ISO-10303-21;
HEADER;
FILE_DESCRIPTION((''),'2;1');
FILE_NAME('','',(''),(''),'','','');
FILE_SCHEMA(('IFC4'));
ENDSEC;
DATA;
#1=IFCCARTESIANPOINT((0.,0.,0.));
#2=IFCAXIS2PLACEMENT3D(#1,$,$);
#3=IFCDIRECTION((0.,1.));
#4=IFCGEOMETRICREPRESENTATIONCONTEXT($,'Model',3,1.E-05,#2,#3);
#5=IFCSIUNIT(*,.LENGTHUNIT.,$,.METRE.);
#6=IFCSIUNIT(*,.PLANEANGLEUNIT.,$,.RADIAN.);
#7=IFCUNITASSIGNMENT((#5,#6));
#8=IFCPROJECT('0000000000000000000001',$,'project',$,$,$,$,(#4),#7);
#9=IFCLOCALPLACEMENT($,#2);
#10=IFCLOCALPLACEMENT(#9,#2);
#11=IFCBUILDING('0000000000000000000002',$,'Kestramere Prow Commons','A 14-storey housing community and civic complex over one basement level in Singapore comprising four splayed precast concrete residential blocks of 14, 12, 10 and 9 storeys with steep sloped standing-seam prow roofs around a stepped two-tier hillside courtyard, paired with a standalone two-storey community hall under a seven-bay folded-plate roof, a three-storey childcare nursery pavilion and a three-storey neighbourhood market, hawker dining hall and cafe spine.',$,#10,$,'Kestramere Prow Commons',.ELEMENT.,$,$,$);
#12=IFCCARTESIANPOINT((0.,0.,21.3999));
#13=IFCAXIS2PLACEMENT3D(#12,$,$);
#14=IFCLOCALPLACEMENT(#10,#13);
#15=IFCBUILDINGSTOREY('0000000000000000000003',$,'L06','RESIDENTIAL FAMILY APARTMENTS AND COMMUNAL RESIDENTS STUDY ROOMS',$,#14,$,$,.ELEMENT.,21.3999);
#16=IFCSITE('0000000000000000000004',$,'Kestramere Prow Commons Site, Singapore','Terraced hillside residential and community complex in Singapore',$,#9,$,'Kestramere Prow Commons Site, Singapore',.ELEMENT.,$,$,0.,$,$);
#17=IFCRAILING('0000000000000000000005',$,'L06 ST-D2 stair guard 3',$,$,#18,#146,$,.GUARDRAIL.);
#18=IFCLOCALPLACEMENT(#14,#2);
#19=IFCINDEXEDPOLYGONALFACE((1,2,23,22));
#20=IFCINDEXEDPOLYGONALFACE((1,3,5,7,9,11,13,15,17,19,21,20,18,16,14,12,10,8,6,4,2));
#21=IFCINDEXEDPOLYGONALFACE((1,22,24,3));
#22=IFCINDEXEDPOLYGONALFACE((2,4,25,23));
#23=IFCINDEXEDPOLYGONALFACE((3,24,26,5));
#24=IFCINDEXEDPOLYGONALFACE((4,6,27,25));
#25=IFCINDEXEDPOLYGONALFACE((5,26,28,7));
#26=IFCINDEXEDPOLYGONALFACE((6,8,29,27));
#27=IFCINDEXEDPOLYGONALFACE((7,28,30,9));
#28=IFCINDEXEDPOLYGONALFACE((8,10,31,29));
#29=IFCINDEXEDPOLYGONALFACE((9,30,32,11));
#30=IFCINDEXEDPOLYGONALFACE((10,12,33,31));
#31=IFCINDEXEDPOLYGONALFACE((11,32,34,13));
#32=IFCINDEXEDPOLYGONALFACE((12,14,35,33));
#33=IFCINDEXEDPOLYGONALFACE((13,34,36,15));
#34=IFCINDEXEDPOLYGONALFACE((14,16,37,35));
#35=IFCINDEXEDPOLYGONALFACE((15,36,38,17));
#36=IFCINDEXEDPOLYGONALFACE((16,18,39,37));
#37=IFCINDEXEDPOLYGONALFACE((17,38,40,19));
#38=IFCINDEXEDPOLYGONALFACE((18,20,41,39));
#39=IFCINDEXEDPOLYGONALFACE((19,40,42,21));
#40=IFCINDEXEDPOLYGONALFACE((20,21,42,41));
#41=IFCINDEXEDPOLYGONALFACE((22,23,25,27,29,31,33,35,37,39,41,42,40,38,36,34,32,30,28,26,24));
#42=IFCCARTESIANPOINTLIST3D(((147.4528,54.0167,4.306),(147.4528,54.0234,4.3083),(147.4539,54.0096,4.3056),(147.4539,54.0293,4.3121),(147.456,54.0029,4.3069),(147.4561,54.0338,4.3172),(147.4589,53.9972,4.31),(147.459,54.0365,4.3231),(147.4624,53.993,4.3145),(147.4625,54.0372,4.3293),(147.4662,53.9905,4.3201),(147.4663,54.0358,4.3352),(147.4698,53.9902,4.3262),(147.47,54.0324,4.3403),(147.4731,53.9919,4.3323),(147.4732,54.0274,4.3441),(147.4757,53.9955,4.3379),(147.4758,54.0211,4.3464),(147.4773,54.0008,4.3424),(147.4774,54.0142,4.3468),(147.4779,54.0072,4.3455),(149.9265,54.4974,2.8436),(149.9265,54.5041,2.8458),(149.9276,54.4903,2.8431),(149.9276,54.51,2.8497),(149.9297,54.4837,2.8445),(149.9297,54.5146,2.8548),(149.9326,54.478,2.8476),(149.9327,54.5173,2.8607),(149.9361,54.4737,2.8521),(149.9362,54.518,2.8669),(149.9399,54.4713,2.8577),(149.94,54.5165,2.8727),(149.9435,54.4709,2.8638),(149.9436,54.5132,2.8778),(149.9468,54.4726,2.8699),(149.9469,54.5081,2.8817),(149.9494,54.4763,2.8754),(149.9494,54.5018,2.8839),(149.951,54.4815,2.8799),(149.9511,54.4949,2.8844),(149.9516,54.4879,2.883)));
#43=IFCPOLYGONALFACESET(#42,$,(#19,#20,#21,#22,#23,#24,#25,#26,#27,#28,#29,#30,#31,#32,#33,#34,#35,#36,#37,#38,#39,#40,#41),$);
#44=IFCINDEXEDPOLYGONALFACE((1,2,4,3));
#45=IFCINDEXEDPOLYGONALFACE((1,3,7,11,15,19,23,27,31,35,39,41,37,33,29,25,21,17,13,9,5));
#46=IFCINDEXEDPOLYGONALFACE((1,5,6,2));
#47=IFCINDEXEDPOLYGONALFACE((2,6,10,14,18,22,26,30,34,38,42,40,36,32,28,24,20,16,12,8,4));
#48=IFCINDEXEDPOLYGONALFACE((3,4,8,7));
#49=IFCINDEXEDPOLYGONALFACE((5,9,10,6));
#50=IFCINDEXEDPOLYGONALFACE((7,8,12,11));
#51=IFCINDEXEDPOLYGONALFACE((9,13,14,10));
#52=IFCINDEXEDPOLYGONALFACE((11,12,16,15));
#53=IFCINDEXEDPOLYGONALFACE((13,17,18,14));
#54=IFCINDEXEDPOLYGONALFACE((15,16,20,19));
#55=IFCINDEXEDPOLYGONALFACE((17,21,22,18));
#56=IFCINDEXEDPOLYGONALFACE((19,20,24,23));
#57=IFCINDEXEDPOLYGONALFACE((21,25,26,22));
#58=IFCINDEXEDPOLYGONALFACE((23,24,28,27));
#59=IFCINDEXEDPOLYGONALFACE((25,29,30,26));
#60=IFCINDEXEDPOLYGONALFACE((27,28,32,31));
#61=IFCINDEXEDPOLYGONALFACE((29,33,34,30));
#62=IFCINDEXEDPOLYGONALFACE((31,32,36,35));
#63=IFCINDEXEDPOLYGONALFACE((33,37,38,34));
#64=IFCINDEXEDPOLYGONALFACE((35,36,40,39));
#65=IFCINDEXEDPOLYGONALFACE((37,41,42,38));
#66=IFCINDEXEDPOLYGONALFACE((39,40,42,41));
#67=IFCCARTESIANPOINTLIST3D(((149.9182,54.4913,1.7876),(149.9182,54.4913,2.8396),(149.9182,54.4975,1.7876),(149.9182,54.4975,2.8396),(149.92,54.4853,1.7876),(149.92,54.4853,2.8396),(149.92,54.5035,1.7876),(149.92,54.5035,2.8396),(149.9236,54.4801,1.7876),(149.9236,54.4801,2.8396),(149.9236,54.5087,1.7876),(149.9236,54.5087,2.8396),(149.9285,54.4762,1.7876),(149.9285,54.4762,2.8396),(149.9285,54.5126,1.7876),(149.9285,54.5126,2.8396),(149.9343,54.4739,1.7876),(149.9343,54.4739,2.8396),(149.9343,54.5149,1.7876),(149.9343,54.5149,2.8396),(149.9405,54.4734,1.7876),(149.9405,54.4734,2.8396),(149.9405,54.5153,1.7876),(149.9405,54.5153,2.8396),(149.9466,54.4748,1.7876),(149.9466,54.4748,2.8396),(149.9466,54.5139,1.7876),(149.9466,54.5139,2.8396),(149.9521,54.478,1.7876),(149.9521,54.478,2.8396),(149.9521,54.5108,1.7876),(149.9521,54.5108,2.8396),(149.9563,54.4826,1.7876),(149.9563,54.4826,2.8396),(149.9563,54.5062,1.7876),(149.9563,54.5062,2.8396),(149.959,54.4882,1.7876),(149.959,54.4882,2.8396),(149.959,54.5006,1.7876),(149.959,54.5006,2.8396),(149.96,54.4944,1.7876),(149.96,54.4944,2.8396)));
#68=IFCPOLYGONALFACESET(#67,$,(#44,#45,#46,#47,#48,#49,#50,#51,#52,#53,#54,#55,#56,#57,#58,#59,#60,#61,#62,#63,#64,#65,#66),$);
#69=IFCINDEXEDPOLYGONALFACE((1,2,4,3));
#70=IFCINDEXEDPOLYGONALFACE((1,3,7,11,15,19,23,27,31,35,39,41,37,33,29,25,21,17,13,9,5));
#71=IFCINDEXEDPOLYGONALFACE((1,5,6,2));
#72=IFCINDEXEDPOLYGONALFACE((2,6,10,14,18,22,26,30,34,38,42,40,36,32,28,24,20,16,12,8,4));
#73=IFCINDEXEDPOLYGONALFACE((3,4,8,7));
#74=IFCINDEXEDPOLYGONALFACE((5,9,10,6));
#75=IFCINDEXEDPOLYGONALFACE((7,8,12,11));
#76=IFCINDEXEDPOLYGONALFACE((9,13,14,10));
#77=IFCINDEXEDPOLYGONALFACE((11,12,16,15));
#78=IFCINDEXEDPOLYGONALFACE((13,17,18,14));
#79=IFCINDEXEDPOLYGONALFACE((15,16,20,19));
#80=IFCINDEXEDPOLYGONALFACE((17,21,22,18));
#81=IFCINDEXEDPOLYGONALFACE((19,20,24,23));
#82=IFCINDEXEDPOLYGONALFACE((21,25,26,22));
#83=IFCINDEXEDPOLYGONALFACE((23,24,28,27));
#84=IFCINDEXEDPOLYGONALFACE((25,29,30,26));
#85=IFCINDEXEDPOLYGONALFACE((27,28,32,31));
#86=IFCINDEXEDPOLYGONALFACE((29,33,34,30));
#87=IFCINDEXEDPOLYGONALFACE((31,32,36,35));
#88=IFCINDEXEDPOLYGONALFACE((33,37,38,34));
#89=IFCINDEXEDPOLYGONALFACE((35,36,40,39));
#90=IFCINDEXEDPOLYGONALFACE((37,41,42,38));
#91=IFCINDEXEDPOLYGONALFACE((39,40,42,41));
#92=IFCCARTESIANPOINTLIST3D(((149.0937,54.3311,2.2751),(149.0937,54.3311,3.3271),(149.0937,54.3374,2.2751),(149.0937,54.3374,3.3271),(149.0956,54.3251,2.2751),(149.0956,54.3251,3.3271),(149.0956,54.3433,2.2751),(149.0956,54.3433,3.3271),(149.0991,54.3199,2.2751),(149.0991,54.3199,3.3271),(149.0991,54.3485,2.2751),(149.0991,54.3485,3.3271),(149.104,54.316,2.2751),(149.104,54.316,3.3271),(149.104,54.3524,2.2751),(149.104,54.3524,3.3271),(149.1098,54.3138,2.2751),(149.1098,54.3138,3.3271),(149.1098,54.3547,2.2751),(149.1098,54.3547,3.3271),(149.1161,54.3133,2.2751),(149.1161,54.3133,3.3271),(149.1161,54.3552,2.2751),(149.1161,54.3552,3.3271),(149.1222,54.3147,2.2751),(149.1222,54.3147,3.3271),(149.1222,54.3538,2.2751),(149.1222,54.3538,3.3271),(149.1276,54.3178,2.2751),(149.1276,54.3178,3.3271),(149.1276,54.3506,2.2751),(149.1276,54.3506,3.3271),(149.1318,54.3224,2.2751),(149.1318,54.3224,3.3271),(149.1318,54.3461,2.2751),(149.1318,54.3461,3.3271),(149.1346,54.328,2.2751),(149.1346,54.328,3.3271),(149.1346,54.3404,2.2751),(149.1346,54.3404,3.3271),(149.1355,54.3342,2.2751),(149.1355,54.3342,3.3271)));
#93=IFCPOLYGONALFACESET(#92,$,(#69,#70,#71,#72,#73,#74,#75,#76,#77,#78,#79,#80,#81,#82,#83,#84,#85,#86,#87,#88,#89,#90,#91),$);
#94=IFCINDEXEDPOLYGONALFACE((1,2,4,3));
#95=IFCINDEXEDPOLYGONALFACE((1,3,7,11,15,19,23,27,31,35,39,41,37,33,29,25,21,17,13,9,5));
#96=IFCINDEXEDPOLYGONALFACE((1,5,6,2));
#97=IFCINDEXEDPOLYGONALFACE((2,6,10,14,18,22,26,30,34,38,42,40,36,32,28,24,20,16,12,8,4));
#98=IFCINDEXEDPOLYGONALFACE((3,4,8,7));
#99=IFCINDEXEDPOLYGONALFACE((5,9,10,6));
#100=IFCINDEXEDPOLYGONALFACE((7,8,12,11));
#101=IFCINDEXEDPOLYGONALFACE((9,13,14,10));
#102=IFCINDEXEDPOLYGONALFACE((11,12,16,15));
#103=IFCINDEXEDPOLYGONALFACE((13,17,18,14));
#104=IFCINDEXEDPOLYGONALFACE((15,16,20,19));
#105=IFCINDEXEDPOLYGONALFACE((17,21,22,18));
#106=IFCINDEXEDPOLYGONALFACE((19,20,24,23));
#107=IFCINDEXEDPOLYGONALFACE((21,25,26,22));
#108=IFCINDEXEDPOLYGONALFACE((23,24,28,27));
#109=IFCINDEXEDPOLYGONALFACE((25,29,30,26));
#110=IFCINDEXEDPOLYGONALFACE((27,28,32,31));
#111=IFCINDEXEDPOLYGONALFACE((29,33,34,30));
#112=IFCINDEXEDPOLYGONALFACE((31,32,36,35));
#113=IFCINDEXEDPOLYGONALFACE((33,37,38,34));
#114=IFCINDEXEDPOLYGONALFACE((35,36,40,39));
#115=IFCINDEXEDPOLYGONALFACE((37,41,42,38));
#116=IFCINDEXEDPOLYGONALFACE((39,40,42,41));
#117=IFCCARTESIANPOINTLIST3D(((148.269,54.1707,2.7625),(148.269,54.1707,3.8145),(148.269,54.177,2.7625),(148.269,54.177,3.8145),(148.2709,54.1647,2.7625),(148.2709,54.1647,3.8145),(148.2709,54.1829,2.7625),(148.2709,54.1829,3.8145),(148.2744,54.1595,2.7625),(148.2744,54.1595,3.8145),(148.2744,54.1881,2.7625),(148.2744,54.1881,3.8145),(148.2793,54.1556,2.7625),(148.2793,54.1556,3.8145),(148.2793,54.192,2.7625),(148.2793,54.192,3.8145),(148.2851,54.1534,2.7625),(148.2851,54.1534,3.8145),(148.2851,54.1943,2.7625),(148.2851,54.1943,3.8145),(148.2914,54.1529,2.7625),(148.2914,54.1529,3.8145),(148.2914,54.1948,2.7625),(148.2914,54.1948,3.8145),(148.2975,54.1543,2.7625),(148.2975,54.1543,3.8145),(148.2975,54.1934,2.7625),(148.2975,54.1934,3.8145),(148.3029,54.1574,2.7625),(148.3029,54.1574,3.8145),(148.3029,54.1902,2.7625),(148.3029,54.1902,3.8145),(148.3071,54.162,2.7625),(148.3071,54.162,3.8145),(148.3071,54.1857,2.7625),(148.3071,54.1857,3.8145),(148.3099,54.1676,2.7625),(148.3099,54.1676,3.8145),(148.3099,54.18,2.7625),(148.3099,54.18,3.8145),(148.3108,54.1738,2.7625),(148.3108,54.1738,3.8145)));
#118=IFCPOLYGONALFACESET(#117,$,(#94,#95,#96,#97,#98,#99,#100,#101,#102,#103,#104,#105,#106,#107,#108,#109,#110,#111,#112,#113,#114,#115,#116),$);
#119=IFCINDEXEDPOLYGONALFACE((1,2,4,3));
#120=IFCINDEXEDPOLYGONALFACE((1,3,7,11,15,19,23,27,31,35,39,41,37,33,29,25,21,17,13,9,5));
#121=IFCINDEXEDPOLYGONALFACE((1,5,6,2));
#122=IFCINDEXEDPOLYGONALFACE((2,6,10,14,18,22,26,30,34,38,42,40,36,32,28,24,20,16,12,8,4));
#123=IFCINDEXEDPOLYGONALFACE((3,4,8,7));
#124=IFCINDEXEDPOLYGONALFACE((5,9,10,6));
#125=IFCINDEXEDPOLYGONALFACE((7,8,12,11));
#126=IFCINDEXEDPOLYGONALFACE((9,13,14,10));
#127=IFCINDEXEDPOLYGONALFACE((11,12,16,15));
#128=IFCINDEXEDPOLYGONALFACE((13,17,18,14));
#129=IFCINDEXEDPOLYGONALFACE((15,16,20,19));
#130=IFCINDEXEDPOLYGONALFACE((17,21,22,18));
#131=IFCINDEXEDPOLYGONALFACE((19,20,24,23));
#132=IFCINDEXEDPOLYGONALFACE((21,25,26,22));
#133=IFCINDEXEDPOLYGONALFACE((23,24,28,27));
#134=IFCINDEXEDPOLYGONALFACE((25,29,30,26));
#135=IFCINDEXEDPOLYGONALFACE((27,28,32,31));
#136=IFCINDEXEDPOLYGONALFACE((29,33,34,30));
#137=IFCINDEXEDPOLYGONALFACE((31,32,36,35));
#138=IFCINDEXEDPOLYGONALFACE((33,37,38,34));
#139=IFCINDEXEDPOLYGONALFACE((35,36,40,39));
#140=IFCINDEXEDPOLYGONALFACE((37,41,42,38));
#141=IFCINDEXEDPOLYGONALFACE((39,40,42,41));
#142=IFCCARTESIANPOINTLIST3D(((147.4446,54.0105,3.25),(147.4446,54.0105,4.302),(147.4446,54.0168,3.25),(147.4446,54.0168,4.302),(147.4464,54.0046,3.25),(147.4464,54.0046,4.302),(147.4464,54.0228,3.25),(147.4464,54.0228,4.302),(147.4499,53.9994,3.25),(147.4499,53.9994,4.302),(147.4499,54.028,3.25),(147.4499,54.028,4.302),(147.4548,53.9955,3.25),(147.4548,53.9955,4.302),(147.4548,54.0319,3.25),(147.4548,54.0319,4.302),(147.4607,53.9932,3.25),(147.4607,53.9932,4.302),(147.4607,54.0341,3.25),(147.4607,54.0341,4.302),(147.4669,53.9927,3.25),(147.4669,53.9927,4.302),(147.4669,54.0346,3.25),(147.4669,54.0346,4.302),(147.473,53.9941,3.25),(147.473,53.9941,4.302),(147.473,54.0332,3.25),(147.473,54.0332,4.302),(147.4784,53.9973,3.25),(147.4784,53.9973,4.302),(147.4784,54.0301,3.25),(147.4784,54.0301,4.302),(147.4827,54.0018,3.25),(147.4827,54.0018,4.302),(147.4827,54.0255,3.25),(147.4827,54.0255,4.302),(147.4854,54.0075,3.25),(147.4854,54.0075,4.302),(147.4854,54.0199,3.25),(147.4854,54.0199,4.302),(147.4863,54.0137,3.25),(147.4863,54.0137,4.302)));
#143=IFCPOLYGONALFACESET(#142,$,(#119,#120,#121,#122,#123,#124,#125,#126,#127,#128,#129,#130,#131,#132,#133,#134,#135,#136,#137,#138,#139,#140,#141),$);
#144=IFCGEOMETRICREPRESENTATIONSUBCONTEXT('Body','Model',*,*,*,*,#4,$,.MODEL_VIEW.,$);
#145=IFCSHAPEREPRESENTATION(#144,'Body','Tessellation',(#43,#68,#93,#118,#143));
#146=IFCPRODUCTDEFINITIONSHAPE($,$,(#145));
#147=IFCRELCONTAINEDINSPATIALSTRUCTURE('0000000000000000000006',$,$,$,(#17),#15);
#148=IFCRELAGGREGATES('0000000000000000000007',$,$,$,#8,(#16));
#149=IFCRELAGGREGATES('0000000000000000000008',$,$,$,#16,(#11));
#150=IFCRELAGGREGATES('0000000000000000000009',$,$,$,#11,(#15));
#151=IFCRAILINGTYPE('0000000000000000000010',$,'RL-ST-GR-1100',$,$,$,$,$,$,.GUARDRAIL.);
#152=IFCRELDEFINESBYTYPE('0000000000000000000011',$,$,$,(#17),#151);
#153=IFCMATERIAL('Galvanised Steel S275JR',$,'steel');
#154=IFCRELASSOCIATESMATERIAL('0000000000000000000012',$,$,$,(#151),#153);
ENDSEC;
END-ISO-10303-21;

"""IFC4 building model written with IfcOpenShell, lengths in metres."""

from ifc_helpers import new_model, si_unit, direction, frame, origin, origin_2d, place, context, subcontext, project, spatial, circle, extrude, material, type_object, element, save


model = new_model("IFC4")

# Units and contexts
model_context = context("Model", 3, precision=1e-05, world=origin(), true_north=direction((0.0, 1.0)))
body_context = subcontext(model_context, "Body", "Model", "MODEL_VIEW")
ifc_project = project(units=[si_unit("LENGTHUNIT", "METRE"), si_unit("PLANEANGLEUNIT", "RADIAN")], contexts=[model_context])

# Site, building, storey
site_placement = place(None, origin())
site = spatial("IfcSite", under=ifc_project, at=site_placement, Name="Kestramere Prow Commons Site, Singapore", Description="Terraced hillside residential and community complex in Singapore", LongName="Kestramere Prow Commons Site, Singapore", CompositionType="ELEMENT", RefElevation=0.0)
building_placement = place(site_placement, origin())
building = spatial("IfcBuilding", under=site, at=building_placement, Name="Kestramere Prow Commons", Description="A 14-storey housing community and civic complex over one basement level in Singapore comprising four splayed precast concrete residential blocks of 14, 12, 10 and 9 storeys with steep sloped standing-seam prow roofs around a stepped two-tier hillside courtyard, paired with a standalone two-storey community hall under a seven-bay folded-plate roof, a three-storey childcare nursery pavilion and a three-storey neighbourhood market, hawker dining hall and cafe spine.", LongName="Kestramere Prow Commons", CompositionType="ELEMENT")
storey_placement = place(building_placement, frame((0.0, 0.0, 21.3999)))
storey = spatial("IfcBuildingStorey", under=building, at=storey_placement, Name="L06", Description="RESIDENTIAL FAMILY APARTMENTS AND COMMUNAL RESIDENTS STUDY ROOMS", CompositionType="ELEMENT", Elevation=21.3999)

# Railing
ifc_material_1 = material(Name="Galvanised Steel S275JR", Category="steel")
railing_type = type_object("IfcRailingType", Name="RL-ST-GR-1100", PredefinedType="GUARDRAIL", material=ifc_material_1)
railing_1_placement = place(storey_placement, frame((149.939, 54.4944, 1.7876)))
element("IfcRailing", 1, at=railing_1_placement, inside=storey, type_object=railing_type, Name="L06 ST-D2 stair guard 3", PredefinedType="GUARDRAIL", context=body_context, shape_type="SweptSolid", body=[
    extrude(circle(Radius=0.0239, at=origin_2d()), frame((0.0, 0.0, 1.0762), z_axis=(-0.84902, -0.164994, 0.501938), x_axis=(0.190766, -0.981636, 0.0)), (0.0, 0.0, 1.0), 2.9136),
    extrude(circle(Radius=0.021, at=origin_2d()), origin(), (0.0, 0.0, 1.0), 1.052),
    extrude(circle(Radius=0.021, at=origin_2d()), frame((-0.8245, -0.1602, 0.4875)), (0.0, 0.0, 1.0), 1.052),
    extrude(circle(Radius=0.021, at=origin_2d()), frame((-1.6492, -0.3206, 0.9749)), (0.0, 0.0, 1.0), 1.052),
    extrude(circle(Radius=0.021, at=origin_2d()), frame((-2.4736, -0.4807, 1.4624)), (0.0, 0.0, 1.0), 1.052),
])

save(model, "model.ifc")
